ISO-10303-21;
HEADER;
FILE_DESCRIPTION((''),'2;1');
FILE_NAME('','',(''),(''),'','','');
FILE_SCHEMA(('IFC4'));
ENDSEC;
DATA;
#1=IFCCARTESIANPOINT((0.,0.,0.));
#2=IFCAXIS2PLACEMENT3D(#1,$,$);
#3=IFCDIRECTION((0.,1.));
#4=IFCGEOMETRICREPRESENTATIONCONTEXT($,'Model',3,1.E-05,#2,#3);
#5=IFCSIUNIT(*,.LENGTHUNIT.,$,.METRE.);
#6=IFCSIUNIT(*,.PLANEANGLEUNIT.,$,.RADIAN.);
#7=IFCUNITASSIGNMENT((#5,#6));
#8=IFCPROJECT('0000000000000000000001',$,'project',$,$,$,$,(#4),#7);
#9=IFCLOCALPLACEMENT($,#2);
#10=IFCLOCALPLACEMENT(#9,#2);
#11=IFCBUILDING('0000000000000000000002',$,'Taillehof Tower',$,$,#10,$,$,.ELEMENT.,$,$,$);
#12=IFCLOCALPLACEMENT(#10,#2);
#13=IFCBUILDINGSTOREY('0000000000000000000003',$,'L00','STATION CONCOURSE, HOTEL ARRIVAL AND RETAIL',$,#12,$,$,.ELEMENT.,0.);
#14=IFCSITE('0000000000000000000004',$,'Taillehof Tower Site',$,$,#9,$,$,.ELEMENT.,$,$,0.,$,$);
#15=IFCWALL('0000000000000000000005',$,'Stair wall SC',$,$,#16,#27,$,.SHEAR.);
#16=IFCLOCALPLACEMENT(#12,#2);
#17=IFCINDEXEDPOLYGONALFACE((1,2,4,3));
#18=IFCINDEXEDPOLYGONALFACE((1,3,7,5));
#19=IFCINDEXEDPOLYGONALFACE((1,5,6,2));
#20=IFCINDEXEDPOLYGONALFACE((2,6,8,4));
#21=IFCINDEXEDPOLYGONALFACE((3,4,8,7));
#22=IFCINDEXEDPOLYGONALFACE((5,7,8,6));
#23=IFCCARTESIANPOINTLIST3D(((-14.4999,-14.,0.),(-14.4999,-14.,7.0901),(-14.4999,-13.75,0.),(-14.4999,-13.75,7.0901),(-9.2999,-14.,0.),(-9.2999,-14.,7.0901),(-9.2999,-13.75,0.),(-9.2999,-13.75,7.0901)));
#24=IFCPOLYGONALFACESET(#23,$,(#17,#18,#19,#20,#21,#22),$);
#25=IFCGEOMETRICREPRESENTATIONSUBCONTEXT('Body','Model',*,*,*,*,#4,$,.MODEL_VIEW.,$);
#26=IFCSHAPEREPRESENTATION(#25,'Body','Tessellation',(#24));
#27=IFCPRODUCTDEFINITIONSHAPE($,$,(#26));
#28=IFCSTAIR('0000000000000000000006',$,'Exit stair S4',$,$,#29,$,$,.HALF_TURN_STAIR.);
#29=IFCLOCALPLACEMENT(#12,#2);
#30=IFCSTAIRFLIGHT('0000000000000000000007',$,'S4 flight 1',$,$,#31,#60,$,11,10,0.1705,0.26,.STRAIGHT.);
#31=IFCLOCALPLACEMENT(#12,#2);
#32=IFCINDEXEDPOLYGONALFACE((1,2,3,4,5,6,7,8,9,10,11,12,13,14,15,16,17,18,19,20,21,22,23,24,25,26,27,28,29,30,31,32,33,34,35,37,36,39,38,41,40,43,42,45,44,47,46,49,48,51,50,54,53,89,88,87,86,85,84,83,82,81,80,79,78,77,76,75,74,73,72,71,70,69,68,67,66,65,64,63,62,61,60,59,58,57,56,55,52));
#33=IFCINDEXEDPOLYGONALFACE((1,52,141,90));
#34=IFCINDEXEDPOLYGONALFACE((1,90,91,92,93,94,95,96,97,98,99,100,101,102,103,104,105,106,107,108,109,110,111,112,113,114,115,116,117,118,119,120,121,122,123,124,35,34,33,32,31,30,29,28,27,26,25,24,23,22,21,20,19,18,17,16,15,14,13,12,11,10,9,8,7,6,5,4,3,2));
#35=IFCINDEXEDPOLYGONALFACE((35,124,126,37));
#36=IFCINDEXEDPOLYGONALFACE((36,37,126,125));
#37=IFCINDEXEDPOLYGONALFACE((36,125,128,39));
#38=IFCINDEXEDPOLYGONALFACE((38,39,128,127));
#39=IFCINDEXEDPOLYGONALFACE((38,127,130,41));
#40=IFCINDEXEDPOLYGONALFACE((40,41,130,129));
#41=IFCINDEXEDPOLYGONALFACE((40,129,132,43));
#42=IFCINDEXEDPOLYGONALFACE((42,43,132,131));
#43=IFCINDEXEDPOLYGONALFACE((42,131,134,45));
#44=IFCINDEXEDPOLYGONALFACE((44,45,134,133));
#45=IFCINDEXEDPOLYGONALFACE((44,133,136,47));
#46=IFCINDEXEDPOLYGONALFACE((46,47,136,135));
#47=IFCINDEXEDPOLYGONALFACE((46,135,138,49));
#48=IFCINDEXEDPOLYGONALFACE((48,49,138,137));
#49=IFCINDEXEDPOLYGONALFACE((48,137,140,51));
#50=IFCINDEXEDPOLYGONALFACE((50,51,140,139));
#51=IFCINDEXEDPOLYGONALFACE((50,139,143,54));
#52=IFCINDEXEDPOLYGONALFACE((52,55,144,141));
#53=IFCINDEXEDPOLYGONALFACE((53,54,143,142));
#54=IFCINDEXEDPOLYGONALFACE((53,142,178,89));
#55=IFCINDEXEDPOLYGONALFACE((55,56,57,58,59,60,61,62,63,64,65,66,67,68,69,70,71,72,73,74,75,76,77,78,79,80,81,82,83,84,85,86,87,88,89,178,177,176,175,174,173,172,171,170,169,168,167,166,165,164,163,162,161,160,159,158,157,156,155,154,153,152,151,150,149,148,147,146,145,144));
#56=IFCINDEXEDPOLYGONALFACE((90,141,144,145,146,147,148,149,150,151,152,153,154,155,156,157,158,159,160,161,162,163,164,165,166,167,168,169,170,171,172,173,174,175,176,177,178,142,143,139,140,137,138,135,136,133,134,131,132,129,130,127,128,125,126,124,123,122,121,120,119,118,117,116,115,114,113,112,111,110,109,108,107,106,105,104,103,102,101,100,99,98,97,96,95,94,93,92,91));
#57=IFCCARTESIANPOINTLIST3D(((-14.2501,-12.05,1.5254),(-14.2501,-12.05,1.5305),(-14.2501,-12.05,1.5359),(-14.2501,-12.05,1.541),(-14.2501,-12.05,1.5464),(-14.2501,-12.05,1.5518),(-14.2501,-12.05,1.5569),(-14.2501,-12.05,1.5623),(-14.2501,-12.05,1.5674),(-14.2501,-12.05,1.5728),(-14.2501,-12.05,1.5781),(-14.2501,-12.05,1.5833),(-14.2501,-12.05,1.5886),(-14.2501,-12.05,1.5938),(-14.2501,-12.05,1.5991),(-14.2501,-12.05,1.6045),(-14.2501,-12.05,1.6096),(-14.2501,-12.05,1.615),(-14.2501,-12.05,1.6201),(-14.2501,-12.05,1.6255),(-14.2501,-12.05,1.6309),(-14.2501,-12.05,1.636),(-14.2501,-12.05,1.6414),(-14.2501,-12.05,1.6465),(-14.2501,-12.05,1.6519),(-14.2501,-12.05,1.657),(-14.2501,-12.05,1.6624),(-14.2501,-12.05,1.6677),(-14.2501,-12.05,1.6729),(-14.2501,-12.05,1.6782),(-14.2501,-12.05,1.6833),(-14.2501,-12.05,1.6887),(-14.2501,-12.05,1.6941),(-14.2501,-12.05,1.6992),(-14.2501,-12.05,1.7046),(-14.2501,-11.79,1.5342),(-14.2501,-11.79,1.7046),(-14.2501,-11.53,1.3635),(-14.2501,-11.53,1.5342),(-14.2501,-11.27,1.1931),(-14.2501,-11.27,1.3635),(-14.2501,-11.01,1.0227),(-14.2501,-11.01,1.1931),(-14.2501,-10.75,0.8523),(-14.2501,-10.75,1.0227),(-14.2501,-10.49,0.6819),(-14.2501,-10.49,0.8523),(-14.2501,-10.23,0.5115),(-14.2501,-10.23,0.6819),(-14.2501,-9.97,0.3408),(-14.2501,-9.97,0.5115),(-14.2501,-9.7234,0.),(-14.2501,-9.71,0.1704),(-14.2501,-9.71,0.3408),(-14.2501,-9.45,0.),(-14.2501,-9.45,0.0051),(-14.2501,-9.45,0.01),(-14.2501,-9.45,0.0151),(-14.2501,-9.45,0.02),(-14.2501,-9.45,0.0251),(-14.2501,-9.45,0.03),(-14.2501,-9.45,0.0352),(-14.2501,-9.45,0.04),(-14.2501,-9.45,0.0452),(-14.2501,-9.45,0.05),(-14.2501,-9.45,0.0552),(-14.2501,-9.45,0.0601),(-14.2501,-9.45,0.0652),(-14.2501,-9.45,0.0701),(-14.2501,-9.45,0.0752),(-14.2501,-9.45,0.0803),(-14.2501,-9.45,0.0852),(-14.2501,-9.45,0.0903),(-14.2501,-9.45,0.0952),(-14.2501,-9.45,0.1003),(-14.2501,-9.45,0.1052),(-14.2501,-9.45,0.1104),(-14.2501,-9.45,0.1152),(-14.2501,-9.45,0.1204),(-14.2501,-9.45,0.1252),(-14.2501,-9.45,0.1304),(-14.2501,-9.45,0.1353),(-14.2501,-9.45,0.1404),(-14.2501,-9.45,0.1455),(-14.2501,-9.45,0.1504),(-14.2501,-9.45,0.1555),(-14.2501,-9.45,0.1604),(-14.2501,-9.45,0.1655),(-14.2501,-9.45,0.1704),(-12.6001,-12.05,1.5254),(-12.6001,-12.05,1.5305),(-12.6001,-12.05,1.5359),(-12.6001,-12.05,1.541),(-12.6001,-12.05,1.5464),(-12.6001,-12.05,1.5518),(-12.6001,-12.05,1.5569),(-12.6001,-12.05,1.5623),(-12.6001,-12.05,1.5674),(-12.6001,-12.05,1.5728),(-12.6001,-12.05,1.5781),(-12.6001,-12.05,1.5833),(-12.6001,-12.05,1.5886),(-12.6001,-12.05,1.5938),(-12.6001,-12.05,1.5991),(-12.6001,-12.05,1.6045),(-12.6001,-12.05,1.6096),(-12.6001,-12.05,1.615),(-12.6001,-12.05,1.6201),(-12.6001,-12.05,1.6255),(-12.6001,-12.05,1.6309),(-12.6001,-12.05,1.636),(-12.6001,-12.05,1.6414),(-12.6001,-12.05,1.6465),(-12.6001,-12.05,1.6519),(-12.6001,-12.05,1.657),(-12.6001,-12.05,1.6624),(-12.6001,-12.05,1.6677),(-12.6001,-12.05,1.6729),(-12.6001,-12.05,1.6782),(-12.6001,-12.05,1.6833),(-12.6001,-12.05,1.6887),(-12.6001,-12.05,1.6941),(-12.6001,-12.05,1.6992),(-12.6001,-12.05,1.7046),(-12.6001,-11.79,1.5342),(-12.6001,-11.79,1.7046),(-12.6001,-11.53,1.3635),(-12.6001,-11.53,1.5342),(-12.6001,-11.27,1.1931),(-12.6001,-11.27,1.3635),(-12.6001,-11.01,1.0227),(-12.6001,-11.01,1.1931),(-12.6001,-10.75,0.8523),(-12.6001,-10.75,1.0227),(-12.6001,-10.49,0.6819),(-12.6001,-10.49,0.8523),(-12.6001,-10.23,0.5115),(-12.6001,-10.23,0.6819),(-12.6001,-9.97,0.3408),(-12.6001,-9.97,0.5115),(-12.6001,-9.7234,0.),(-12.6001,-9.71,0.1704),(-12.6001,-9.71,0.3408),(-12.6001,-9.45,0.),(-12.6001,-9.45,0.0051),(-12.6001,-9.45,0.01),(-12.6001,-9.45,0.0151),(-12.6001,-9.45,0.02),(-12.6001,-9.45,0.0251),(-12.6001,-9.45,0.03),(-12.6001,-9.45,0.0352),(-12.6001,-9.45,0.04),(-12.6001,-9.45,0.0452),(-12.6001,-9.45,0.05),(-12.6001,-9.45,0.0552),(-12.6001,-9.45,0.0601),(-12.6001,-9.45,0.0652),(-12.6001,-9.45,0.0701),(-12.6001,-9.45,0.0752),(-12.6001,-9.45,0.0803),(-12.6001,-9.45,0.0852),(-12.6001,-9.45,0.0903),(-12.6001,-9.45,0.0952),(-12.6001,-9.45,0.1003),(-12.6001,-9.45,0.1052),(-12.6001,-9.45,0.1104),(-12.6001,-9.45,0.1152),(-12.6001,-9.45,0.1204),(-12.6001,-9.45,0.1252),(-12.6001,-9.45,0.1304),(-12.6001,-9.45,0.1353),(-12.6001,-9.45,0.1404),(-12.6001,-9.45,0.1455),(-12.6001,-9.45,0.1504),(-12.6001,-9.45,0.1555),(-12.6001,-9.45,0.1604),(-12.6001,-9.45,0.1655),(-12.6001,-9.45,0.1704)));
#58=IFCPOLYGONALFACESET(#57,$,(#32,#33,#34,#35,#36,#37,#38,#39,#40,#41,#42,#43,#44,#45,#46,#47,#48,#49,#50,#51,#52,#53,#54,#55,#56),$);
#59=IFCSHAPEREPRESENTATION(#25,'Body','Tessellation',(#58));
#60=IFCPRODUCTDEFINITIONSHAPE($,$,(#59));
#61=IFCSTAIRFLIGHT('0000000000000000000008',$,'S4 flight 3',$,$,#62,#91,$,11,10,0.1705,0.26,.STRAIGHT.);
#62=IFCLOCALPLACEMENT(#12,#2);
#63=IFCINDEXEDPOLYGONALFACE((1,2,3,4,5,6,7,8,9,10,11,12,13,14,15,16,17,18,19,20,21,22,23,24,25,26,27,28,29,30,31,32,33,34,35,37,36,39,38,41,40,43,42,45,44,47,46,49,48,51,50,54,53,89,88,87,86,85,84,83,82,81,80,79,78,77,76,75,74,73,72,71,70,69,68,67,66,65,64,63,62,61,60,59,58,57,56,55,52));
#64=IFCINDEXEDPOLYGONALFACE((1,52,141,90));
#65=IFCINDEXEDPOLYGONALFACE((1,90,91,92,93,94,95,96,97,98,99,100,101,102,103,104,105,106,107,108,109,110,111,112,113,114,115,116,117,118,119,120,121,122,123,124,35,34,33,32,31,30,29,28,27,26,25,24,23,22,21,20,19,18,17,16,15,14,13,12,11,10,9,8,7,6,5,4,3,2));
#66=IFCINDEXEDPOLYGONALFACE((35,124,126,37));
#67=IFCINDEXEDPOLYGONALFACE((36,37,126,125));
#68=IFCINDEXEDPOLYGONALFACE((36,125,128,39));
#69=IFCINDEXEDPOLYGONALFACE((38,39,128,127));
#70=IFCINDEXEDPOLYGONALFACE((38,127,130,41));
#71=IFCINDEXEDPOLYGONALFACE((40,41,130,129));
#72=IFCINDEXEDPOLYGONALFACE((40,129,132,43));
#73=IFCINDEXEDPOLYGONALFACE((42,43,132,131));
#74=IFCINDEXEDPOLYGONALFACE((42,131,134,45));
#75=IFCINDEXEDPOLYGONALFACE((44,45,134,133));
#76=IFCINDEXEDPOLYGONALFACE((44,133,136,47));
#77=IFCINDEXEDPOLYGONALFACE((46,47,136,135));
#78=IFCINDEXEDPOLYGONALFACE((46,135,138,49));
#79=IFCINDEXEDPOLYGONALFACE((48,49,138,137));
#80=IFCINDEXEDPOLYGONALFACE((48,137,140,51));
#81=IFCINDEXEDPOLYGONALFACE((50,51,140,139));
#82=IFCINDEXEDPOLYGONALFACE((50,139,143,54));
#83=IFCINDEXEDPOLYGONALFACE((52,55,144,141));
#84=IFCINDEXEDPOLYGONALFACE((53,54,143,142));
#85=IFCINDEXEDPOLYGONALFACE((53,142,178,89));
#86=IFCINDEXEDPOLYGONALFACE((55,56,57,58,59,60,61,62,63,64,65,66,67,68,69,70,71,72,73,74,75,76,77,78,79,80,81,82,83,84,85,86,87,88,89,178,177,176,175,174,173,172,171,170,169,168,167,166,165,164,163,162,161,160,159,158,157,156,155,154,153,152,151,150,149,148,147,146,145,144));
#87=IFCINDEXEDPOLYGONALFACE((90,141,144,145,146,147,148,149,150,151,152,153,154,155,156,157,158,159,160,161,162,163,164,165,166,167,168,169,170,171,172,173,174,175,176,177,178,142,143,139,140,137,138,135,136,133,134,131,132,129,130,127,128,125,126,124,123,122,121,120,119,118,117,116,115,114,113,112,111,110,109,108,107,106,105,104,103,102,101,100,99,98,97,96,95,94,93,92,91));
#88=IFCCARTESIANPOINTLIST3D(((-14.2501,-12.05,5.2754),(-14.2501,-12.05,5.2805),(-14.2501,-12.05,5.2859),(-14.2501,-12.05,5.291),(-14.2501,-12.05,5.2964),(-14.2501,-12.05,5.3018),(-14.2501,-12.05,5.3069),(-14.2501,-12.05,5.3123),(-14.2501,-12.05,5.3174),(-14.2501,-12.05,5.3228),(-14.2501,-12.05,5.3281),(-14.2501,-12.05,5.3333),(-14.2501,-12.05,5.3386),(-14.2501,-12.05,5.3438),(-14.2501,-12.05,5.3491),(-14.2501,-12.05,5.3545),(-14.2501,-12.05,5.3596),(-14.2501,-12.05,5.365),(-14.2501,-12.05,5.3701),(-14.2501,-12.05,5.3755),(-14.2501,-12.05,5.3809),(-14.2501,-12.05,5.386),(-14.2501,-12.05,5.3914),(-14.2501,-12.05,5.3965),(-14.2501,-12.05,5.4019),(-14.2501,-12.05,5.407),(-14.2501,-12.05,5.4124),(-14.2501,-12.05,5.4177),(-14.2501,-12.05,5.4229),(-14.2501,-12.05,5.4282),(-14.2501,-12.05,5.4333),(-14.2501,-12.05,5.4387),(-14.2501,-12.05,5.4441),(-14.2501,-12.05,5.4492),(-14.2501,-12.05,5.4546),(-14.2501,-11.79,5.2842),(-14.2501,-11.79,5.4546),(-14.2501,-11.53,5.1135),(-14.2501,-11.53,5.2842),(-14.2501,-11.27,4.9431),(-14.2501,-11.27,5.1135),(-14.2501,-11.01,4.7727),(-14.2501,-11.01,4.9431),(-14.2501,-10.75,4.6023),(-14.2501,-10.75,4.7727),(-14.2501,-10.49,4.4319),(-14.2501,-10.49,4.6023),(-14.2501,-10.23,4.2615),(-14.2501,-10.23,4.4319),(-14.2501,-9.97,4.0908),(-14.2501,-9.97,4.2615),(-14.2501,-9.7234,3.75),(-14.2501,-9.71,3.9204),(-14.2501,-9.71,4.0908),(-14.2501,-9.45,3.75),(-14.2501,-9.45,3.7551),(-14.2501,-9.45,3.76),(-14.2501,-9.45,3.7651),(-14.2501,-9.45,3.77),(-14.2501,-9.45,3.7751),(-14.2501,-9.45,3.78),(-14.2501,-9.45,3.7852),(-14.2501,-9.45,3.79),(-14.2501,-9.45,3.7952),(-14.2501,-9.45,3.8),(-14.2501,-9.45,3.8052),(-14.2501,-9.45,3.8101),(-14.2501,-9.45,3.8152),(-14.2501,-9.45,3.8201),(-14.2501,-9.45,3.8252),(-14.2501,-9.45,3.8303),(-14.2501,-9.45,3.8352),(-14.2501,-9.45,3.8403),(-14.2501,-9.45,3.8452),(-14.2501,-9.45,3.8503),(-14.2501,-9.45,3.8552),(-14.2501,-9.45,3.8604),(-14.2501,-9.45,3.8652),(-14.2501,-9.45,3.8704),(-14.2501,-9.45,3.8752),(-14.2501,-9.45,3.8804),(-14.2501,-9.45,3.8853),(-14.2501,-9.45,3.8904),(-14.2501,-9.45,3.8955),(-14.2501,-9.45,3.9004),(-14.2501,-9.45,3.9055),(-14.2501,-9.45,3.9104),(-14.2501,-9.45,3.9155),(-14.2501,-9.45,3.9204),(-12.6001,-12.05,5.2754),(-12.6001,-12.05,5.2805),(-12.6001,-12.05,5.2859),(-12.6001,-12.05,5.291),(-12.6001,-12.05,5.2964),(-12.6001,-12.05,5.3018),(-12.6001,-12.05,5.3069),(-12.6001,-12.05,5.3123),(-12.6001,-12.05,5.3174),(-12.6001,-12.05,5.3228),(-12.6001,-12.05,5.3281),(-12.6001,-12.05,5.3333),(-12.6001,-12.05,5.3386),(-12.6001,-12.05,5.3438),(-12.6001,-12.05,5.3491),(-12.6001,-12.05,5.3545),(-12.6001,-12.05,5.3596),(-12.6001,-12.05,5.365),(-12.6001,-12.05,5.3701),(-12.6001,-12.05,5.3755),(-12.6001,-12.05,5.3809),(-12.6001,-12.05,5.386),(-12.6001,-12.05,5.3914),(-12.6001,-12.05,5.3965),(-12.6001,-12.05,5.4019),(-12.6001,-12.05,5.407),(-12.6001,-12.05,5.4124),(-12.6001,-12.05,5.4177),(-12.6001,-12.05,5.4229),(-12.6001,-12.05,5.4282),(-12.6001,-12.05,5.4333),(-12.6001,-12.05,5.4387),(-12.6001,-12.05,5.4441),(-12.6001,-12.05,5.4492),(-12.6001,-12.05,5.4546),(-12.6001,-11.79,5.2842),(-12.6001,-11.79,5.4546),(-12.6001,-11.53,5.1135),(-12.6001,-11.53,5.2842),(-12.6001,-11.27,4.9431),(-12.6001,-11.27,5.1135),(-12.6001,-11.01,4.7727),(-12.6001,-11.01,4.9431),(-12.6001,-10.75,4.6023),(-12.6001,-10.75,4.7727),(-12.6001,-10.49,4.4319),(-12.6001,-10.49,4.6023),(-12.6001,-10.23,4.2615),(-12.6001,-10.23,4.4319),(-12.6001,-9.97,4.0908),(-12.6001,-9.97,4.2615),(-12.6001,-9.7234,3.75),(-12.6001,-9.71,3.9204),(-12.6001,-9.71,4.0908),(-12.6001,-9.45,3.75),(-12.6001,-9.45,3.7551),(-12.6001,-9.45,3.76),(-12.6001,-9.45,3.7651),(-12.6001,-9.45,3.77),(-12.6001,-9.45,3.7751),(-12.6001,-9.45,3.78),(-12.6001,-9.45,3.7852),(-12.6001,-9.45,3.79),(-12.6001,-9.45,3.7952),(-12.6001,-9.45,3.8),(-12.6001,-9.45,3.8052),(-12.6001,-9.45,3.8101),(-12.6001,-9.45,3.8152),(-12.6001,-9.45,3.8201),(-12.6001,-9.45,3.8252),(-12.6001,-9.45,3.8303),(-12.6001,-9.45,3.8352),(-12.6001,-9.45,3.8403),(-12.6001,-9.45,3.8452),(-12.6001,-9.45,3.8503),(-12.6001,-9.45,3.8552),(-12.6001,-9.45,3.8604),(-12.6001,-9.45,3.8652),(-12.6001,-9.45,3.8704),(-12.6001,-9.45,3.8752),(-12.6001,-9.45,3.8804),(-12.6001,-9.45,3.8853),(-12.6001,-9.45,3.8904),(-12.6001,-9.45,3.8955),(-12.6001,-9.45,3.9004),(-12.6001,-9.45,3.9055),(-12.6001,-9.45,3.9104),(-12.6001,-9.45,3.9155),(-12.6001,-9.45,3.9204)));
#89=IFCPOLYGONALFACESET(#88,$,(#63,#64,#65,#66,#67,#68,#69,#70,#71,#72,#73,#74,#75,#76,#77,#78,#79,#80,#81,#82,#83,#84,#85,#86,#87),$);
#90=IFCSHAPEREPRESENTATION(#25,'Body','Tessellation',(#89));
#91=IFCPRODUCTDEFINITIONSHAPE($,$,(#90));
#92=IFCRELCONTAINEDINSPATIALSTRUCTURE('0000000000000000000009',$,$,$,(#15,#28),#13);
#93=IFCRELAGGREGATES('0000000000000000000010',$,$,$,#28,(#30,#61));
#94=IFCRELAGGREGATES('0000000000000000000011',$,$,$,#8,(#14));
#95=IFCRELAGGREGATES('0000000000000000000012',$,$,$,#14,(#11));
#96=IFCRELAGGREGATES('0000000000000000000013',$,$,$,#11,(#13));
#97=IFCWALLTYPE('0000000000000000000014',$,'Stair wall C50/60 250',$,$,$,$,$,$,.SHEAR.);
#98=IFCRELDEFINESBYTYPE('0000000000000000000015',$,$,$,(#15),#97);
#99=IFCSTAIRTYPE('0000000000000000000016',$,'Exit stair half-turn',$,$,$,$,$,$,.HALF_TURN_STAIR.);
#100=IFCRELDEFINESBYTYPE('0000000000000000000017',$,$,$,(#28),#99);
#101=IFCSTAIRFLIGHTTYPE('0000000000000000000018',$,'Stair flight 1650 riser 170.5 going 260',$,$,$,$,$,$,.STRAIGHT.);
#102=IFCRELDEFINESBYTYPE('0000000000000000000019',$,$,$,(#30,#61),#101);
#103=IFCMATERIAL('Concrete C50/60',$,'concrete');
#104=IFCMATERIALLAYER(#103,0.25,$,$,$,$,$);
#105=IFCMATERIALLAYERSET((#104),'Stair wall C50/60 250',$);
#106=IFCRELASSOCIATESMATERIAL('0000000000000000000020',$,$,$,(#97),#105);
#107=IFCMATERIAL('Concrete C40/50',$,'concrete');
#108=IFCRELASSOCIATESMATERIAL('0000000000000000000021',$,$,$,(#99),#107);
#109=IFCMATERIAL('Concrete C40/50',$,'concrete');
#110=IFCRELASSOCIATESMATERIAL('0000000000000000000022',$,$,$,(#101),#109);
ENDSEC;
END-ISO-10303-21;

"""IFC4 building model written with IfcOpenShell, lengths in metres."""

from ifc_helpers import new_model, si_unit, direction, frame, frame_2d, origin, place, context, subcontext, project, spatial, polyline, rectangle, outline, extrude, material, layer, layer_set, type_object, element, aggregate, save


model = new_model("IFC4")

# Units and contexts
model_context = context("Model", 3, precision=1e-05, world=origin(), true_north=direction((0.0, 1.0)))
body_context = subcontext(model_context, "Body", "Model", "MODEL_VIEW")
ifc_project = project(units=[si_unit("LENGTHUNIT", "METRE"), si_unit("PLANEANGLEUNIT", "RADIAN")], contexts=[model_context])

# Site, building, storey
site_placement = place(None, origin())
site = spatial("IfcSite", under=ifc_project, at=site_placement, Name="Taillehof Tower Site", CompositionType="ELEMENT", RefElevation=0.0)
building_placement = place(site_placement, origin())
building = spatial("IfcBuilding", under=site, at=building_placement, Name="Taillehof Tower", CompositionType="ELEMENT")
storey_placement = place(building_placement, origin())
storey = spatial("IfcBuildingStorey", under=building, at=storey_placement, Name="L00", Description="STATION CONCOURSE, HOTEL ARRIVAL AND RETAIL", CompositionType="ELEMENT", Elevation=0.0)

# Wall
ifc_material_1 = material(Name="Concrete C50/60", Category="concrete")
ifc_layer_1 = layer(ifc_material_1, 0.25)
ifc_layer_set_1 = layer_set([ifc_layer_1], Name="Stair wall C50/60 250")
wall_type_1 = type_object("IfcWallType", Name="Stair wall C50/60 250", PredefinedType="SHEAR", material=ifc_layer_set_1)
for number, where, z_axis, x_axis, name in (
    (1, (-14.5, -13.875, 0.0), (0.0, 0.0, 1.0), (1.0, 0.0, 0.0), "Stair wall SC"),
):
    element("IfcWall", number, at=place(storey_placement, frame(where, z_axis=z_axis, x_axis=x_axis)), inside=storey, type_object=wall_type_1, Name=name, PredefinedType="SHEAR", context=body_context, shape_type="SweptSolid", body=[
        extrude(rectangle(XDim=5.2, YDim=0.25, at=frame_2d((2.6001, 0.0))), origin(), (0.0, 0.0, 1.0), 7.0901),
    ])

# Stair, stair flights
ifc_material_2 = material(Name="Concrete C40/50", Category="concrete")
stair_type = type_object("IfcStairType", Name="Exit stair half-turn", PredefinedType="HALF_TURN_STAIR", material=ifc_material_2)
stair_placement = place(storey_placement, origin())
stair = element("IfcStair", 2, at=stair_placement, inside=storey, type_object=stair_type, Name="Exit stair S4", PredefinedType="HALF_TURN_STAIR")
ifc_material_3 = material(Name="Concrete C40/50", Category="concrete")
stair_flight_type = type_object("IfcStairFlightType", Name="Stair flight 1650 riser 170.5 going 260", PredefinedType="STRAIGHT", material=ifc_material_3)
stair_flight_1_placement = place(storey_placement, frame((-13.425, -9.45, 0.0), z_axis=(0.0, 0.0, 1.0), x_axis=(0.0, -1.0, 0.0)))
stair_flight_1 = element("IfcStairFlight", 3, at=stair_flight_1_placement, type_object=stair_flight_type, Name="S4 flight 1", NumberOfRisers=11, NumberOfTreads=10, PredefinedType="STRAIGHT", RiserHeight=0.1705, TreadLength=0.26, context=body_context, shape_type="SweptSolid", body=[
    extrude(outline(polyline([(0.0, 0.0), (0.0, 0.0051), (0.0, 0.01), (0.0, 0.0151), (0.0, 0.02), (0.0, 0.0251), (0.0, 0.03), (0.0, 0.0352), (0.0, 0.04), (0.0, 0.0452), (0.0, 0.05), (0.0, 0.0552), (0.0, 0.0601), (0.0, 0.0652), (0.0, 0.0701), (0.0, 0.0752), (0.0, 0.0803), (0.0, 0.0852), (0.0, 0.0903), (0.0, 0.0952), (0.0, 0.1003), (0.0, 0.1052), (0.0, 0.1104), (0.0, 0.1152), (0.0, 0.1204), (0.0, 0.1252), (0.0, 0.1304), (0.0, 0.1353), (0.0, 0.1404), (0.0, 0.1455), (0.0, 0.1504), (0.0, 0.1555), (0.0, 0.1604), (0.0, 0.1655), (0.0, 0.1704), (0.26, 0.1704), (0.26, 0.3408), (0.52, 0.3408), (0.52, 0.5115), (0.78, 0.5115), (0.78, 0.6819), (1.04, 0.6819), (1.04, 0.8523), (1.3, 0.8523), (1.3, 1.0227), (1.5601, 1.0227), (1.5601, 1.1931), (1.8201, 1.1931), (1.8201, 1.3635), (2.0801, 1.3635), (2.0801, 1.5342), (2.3401, 1.5342), (2.3401, 1.7046), (2.6001, 1.7046), (2.6001, 1.6992), (2.6001, 1.6941), (2.6001, 1.6887), (2.6001, 1.6833), (2.6001, 1.6782), (2.6001, 1.6729), (2.6001, 1.6677), (2.6001, 1.6624), (2.6001, 1.657), (2.6001, 1.6519), (2.6001, 1.6465), (2.6001, 1.6414), (2.6001, 1.636), (2.6001, 1.6309), (2.6001, 1.6255), (2.6001, 1.6201), (2.6001, 1.615), (2.6001, 1.6096), (2.6001, 1.6045), (2.6001, 1.5991), (2.6001, 1.5938), (2.6001, 1.5886), (2.6001, 1.5833), (2.6001, 1.5781), (2.6001, 1.5728), (2.6001, 1.5674), (2.6001, 1.5623), (2.6001, 1.5569), (2.6001, 1.5518), (2.6001, 1.5464), (2.6001, 1.541), (2.6001, 1.5359), (2.6001, 1.5305), (2.6001, 1.5254), (0.2734, 0.0), (0.0, 0.0)])), frame((0.0, 0.825, 0.0), z_axis=(0.0, -1.0, 0.0), x_axis=(1.0, 0.0, 0.0)), (0.0, 0.0, 1.0), 1.65),
])
stair_flight_2_placement = place(storey_placement, frame((-13.425, -9.45, 3.75), z_axis=(0.0, 0.0, 1.0), x_axis=(0.0, -1.0, 0.0)))
stair_flight_2 = element("IfcStairFlight", 4, at=stair_flight_2_placement, type_object=stair_flight_type, Name="S4 flight 3", NumberOfRisers=11, NumberOfTreads=10, PredefinedType="STRAIGHT", RiserHeight=0.1705, TreadLength=0.26, context=body_context, shape_type="SweptSolid", body=[
    extrude(outline(polyline([(0.0, 0.0), (0.0, 0.0051), (0.0, 0.01), (0.0, 0.0151), (0.0, 0.02), (0.0, 0.0251), (0.0, 0.03), (0.0, 0.0352), (0.0, 0.04), (0.0, 0.0452), (0.0, 0.05), (0.0, 0.0552), (0.0, 0.0601), (0.0, 0.0652), (0.0, 0.0701), (0.0, 0.0752), (0.0, 0.0803), (0.0, 0.0852), (0.0, 0.0903), (0.0, 0.0952), (0.0, 0.1003), (0.0, 0.1052), (0.0, 0.1104), (0.0, 0.1152), (0.0, 0.1204), (0.0, 0.1252), (0.0, 0.1304), (0.0, 0.1353), (0.0, 0.1404), (0.0, 0.1455), (0.0, 0.1504), (0.0, 0.1555), (0.0, 0.1604), (0.0, 0.1655), (0.0, 0.1704), (0.26, 0.1704), (0.26, 0.3408), (0.52, 0.3408), (0.52, 0.5115), (0.78, 0.5115), (0.78, 0.6819), (1.04, 0.6819), (1.04, 0.8523), (1.3, 0.8523), (1.3, 1.0227), (1.5601, 1.0227), (1.5601, 1.1931), (1.8201, 1.1931), (1.8201, 1.3635), (2.0801, 1.3635), (2.0801, 1.5342), (2.3401, 1.5342), (2.3401, 1.7046), (2.6001, 1.7046), (2.6001, 1.6992), (2.6001, 1.6941), (2.6001, 1.6887), (2.6001, 1.6833), (2.6001, 1.6782), (2.6001, 1.6729), (2.6001, 1.6677), (2.6001, 1.6624), (2.6001, 1.657), (2.6001, 1.6519), (2.6001, 1.6465), (2.6001, 1.6414), (2.6001, 1.636), (2.6001, 1.6309), (2.6001, 1.6255), (2.6001, 1.6201), (2.6001, 1.615), (2.6001, 1.6096), (2.6001, 1.6045), (2.6001, 1.5991), (2.6001, 1.5938), (2.6001, 1.5886), (2.6001, 1.5833), (2.6001, 1.5781), (2.6001, 1.5728), (2.6001, 1.5674), (2.6001, 1.5623), (2.6001, 1.5569), (2.6001, 1.5518), (2.6001, 1.5464), (2.6001, 1.541), (2.6001, 1.5359), (2.6001, 1.5305), (2.6001, 1.5254), (0.2734, 0.0), (0.0, 0.0)])), frame((0.0, 0.825, 0.0), z_axis=(0.0, -1.0, 0.0), x_axis=(1.0, 0.0, 0.0)), (0.0, 0.0, 1.0), 1.65),
])
aggregate(stair, [stair_flight_1, stair_flight_2])

save(model, "model.ifc")
